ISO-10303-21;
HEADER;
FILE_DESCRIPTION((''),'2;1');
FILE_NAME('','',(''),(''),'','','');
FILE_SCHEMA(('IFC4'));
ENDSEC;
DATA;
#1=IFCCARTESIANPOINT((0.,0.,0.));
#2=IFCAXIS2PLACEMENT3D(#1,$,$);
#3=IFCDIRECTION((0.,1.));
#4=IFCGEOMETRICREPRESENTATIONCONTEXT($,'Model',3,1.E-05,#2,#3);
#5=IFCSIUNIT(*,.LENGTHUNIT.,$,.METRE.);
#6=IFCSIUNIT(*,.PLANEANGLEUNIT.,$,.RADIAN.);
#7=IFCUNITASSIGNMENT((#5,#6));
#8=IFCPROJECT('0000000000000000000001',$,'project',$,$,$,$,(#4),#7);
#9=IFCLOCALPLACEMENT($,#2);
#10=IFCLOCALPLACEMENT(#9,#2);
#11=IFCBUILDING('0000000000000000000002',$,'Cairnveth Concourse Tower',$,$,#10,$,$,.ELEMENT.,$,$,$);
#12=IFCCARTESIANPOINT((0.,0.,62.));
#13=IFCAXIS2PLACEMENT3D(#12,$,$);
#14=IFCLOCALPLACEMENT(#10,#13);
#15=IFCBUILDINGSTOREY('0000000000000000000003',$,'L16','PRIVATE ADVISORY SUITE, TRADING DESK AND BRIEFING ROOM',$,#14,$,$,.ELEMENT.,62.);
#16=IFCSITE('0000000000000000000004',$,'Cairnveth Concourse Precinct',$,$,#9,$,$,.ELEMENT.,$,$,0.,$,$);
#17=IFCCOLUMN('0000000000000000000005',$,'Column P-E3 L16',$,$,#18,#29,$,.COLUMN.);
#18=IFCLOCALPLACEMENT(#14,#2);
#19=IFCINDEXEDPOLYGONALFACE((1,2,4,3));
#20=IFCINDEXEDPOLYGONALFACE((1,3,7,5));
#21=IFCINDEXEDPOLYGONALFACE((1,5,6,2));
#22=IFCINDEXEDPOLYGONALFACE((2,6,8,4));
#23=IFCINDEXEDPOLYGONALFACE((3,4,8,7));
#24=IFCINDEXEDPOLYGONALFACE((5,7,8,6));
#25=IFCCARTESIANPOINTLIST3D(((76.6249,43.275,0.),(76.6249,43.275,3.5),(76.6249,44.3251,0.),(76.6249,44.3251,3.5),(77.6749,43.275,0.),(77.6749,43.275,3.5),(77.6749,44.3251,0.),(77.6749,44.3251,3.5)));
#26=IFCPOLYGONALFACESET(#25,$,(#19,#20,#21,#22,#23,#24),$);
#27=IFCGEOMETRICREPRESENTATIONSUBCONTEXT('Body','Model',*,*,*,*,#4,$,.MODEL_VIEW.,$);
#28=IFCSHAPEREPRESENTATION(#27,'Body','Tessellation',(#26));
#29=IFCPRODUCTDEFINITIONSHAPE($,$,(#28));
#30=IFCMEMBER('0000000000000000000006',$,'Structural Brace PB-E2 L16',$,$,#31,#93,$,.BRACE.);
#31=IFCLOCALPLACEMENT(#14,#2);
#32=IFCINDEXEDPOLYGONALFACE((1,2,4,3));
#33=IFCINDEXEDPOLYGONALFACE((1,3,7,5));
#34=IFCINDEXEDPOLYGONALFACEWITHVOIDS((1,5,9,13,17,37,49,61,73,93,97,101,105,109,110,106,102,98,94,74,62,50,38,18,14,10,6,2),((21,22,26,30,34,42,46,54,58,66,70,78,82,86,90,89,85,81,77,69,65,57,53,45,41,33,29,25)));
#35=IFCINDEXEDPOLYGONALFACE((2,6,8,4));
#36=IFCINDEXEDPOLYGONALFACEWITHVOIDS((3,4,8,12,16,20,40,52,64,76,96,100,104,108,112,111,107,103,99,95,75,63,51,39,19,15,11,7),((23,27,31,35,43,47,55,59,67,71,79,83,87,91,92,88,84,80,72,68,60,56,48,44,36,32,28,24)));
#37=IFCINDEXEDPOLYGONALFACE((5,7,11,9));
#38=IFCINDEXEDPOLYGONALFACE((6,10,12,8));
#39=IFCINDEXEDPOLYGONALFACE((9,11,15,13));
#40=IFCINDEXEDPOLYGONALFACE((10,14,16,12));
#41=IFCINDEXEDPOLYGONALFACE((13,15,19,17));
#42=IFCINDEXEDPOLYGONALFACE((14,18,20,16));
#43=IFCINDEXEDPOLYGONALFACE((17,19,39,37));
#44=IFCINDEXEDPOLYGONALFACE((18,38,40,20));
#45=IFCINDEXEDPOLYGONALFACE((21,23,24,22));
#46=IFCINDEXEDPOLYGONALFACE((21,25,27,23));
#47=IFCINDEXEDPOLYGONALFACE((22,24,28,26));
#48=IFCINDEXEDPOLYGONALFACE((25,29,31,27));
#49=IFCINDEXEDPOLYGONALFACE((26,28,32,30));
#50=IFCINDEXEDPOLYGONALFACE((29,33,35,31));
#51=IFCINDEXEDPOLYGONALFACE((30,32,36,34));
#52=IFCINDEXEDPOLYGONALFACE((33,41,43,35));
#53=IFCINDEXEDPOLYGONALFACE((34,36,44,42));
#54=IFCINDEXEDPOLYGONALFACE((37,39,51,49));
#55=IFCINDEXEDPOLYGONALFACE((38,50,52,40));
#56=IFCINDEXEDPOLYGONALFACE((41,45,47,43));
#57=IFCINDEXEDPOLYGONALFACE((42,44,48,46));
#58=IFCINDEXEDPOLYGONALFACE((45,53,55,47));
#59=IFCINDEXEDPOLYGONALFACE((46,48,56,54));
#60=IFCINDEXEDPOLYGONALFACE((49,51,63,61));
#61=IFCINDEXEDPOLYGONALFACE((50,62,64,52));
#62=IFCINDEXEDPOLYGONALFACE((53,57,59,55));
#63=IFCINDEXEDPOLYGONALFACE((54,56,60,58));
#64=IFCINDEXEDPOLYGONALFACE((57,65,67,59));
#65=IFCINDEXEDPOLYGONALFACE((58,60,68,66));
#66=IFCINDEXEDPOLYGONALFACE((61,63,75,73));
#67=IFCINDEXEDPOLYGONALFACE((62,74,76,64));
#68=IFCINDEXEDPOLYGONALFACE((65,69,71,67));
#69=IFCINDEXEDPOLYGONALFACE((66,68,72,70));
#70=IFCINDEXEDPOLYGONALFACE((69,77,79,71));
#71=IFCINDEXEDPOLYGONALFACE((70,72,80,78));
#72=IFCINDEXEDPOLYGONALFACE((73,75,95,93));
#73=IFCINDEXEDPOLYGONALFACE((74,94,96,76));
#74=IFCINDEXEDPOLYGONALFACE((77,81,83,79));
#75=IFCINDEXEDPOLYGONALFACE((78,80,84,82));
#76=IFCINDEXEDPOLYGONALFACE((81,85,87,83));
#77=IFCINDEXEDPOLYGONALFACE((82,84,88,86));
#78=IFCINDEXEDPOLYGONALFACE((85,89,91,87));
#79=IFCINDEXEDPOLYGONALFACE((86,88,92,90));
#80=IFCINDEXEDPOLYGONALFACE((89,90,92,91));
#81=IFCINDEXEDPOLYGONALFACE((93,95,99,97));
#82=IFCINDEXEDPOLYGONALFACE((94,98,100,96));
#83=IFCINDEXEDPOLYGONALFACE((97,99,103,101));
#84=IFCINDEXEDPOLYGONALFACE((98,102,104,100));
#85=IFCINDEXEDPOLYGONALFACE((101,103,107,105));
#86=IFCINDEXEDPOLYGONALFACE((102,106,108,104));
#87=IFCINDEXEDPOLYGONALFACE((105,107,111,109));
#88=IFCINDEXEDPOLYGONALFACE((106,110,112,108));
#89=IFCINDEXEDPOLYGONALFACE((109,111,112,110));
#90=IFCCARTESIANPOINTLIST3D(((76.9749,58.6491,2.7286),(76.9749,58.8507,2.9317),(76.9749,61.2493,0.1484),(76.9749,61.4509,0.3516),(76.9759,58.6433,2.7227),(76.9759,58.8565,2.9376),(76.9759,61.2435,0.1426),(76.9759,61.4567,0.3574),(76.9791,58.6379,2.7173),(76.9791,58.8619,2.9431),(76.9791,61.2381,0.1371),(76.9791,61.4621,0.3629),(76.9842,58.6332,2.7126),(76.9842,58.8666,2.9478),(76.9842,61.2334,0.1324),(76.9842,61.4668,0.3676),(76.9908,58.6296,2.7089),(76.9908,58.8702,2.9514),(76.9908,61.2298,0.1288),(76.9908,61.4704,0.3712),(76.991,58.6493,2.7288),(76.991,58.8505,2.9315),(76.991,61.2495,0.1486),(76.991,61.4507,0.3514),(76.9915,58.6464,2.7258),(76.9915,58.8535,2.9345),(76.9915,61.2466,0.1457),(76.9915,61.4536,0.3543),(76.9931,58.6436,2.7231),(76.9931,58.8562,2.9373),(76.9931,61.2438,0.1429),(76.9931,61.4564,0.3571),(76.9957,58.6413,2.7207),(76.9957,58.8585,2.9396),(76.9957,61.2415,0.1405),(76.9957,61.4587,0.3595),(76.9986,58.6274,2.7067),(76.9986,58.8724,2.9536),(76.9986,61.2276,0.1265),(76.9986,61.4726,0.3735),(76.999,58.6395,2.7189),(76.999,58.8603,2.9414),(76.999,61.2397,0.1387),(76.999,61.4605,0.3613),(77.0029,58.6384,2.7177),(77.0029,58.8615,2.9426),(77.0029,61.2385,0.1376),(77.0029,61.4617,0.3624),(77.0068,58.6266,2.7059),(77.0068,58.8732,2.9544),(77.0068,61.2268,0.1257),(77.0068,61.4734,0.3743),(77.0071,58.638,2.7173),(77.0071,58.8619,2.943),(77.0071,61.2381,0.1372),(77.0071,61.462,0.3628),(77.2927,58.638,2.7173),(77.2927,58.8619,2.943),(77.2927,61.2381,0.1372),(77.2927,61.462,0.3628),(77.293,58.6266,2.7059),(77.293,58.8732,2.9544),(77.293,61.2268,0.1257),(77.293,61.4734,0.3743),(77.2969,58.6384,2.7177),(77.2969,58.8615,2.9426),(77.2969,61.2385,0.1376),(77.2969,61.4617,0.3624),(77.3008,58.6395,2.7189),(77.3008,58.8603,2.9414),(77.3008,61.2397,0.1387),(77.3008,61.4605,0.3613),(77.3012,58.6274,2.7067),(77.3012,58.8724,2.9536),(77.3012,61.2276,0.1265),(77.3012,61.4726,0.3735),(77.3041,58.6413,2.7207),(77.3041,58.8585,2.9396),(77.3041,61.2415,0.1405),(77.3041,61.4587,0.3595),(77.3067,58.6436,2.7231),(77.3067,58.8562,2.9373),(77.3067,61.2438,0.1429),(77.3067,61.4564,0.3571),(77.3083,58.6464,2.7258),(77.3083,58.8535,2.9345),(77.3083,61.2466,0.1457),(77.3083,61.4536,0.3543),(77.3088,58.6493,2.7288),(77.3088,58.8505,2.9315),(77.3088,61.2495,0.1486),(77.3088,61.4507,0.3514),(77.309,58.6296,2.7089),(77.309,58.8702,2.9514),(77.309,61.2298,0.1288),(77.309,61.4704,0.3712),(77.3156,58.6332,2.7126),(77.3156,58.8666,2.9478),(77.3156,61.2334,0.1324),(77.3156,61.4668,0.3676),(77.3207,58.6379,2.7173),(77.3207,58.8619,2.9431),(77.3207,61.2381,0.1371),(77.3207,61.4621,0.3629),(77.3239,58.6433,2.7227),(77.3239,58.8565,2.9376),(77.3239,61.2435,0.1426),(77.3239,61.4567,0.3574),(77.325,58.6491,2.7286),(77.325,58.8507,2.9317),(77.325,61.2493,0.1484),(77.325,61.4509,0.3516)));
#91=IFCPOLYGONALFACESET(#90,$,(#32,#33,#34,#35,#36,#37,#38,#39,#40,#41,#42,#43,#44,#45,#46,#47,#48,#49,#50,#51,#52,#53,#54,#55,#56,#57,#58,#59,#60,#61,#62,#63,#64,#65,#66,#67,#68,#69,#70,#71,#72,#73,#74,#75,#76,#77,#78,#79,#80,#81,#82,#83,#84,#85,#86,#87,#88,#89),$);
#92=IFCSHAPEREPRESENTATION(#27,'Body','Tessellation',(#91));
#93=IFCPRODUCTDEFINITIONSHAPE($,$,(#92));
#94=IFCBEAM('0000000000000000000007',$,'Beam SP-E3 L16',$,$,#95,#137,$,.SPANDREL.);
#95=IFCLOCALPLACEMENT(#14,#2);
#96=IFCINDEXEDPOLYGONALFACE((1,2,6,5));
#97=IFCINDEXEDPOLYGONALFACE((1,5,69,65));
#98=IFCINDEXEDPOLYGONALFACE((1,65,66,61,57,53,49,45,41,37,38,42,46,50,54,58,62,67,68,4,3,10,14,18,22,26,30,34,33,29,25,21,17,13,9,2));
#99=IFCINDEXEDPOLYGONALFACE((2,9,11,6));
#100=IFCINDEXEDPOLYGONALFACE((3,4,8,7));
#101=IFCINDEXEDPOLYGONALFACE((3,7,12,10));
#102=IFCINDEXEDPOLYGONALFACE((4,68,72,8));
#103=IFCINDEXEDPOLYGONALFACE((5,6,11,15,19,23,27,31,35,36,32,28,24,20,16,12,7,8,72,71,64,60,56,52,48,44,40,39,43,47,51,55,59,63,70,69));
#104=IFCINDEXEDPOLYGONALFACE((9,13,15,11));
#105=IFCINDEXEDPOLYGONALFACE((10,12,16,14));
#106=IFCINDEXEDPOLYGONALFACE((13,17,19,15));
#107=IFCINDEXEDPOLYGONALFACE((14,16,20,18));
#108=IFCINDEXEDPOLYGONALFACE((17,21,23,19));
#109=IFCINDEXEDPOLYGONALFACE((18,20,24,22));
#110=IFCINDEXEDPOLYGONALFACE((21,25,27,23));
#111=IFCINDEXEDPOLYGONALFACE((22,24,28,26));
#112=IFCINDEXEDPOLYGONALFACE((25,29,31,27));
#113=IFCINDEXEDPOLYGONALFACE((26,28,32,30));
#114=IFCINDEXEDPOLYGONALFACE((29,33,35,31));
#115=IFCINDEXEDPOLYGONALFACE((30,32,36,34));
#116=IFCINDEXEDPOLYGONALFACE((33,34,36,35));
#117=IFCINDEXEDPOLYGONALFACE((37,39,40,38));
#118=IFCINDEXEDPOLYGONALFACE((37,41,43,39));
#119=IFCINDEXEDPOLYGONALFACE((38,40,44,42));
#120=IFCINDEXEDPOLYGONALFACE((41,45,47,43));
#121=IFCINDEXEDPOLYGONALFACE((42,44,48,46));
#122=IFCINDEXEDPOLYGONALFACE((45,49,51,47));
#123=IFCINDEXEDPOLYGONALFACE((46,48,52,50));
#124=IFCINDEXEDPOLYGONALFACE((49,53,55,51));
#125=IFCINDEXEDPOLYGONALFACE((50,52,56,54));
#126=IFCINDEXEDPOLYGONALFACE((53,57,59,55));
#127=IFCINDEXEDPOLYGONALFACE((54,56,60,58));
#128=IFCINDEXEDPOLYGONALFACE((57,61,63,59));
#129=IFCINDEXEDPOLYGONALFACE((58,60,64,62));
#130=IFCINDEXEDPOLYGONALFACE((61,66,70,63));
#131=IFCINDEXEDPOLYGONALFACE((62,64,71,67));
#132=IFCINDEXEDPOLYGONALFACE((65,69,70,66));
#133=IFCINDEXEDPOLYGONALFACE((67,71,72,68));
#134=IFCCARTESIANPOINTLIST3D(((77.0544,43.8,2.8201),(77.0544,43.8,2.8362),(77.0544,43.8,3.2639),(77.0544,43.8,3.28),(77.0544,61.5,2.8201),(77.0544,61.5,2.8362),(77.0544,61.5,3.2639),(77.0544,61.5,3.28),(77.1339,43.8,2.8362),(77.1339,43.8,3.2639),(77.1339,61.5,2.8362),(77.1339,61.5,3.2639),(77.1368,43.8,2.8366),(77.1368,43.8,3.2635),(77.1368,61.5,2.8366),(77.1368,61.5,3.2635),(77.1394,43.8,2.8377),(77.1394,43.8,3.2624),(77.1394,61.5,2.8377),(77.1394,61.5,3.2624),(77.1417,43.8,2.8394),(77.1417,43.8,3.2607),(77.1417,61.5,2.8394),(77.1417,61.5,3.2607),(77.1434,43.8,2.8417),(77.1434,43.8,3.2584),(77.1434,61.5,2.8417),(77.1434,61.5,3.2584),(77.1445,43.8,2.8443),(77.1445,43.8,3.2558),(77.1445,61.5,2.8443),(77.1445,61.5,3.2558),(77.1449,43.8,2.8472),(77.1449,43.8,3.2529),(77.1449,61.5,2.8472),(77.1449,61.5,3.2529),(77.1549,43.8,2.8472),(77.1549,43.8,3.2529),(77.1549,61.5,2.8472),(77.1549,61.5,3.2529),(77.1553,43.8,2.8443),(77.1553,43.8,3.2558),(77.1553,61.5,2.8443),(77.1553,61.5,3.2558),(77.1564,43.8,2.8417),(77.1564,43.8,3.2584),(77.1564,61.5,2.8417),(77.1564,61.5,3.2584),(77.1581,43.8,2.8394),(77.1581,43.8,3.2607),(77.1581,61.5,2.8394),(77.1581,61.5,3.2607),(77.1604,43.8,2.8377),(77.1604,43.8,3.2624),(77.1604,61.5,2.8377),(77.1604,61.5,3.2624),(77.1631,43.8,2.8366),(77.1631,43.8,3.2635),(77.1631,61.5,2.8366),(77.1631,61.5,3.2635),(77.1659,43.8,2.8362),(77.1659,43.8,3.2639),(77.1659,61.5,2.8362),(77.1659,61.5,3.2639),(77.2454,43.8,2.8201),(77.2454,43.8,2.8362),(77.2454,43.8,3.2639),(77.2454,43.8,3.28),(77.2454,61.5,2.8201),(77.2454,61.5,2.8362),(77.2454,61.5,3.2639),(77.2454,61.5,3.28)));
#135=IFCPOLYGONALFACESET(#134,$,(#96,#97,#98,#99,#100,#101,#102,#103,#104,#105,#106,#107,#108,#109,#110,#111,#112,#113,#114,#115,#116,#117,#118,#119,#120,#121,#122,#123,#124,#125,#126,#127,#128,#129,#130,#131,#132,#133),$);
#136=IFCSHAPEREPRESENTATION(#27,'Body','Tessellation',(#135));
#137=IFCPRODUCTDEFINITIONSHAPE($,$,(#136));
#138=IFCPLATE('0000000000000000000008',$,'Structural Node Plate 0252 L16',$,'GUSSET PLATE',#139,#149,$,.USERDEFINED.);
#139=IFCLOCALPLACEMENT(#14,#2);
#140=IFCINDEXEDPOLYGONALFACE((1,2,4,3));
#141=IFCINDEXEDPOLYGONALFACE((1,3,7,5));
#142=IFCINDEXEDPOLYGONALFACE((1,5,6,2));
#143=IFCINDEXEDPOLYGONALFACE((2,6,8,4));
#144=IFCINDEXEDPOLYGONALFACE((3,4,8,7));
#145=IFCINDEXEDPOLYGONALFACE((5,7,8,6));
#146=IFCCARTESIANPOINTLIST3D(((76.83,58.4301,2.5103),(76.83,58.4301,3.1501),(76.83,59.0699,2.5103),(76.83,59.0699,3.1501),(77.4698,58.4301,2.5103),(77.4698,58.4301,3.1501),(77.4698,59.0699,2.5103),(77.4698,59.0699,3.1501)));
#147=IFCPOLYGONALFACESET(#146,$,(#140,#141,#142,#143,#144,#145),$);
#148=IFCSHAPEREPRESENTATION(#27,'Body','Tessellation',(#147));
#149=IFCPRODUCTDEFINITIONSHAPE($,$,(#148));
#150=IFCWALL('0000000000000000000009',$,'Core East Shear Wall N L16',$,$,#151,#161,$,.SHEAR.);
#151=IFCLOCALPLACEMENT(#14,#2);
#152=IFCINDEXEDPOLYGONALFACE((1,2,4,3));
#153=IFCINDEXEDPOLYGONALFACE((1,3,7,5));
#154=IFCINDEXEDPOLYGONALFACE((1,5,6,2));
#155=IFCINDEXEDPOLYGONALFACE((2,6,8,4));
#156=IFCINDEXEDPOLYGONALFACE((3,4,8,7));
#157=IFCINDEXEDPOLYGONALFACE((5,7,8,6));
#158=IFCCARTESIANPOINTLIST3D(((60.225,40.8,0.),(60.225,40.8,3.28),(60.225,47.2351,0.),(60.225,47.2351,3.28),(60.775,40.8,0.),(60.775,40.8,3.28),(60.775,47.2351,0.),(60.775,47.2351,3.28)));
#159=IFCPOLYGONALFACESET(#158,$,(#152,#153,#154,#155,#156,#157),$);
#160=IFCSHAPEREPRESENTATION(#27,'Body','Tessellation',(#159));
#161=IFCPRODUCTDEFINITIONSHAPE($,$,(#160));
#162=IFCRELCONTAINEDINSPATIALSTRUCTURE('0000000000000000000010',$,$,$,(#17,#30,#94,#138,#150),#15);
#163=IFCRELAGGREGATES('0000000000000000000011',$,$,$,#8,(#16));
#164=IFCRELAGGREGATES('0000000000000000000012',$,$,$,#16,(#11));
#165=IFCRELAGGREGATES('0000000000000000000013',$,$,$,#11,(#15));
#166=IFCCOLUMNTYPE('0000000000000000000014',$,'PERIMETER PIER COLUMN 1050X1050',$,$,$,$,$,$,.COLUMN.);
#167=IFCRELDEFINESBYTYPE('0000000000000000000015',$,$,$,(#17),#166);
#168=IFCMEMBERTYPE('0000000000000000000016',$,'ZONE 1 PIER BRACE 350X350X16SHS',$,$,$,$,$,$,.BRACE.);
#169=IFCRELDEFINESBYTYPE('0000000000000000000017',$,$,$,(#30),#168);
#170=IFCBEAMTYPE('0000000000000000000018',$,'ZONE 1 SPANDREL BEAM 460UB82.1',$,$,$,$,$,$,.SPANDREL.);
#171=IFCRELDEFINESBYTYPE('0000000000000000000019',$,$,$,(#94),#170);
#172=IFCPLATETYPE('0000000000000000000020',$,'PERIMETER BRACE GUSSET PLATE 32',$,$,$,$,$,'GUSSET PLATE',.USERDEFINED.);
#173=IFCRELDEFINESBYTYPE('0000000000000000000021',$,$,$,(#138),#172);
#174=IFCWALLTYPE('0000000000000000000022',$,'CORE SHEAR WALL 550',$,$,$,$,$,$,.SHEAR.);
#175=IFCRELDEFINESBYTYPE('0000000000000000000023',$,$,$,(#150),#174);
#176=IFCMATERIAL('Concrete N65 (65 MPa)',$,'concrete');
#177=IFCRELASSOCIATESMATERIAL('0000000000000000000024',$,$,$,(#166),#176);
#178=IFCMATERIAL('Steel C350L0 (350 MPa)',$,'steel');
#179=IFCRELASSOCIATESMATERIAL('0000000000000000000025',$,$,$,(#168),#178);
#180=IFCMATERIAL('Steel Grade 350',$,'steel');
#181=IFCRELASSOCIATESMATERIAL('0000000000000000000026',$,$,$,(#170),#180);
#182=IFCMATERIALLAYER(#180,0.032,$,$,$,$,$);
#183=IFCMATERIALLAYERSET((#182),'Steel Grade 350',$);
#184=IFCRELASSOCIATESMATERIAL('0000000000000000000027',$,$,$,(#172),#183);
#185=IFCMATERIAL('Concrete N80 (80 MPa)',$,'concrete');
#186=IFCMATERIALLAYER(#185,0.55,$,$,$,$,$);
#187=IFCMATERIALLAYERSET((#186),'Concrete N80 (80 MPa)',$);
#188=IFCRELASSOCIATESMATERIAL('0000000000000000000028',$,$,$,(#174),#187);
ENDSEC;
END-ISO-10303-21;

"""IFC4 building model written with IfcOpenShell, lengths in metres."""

from ifc_helpers import new_model, si_unit, direction, frame, frame_2d, origin, origin_2d, place, context, subcontext, project, spatial, rectangle, hollow_rectangle, i_section, extrude, material, layer, layer_set, material_profile, profile_set, type_object, element, save


model = new_model("IFC4")

# Units and contexts
model_context = context("Model", 3, precision=1e-05, world=origin(), true_north=direction((0.0, 1.0)))
body_context = subcontext(model_context, "Body", "Model", "MODEL_VIEW")
ifc_project = project(units=[si_unit("LENGTHUNIT", "METRE"), si_unit("PLANEANGLEUNIT", "RADIAN")], contexts=[model_context])

# Site, building, storey
site_placement = place(None, origin())
site = spatial("IfcSite", under=ifc_project, at=site_placement, Name="Cairnveth Concourse Precinct", CompositionType="ELEMENT", RefElevation=0.0)
building_placement = place(site_placement, origin())
building = spatial("IfcBuilding", under=site, at=building_placement, Name="Cairnveth Concourse Tower", CompositionType="ELEMENT")
storey_placement = place(building_placement, frame((0.0, 0.0, 62.0)))
storey = spatial("IfcBuildingStorey", under=building, at=storey_placement, Name="L16", Description="PRIVATE ADVISORY SUITE, TRADING DESK AND BRIEFING ROOM", CompositionType="ELEMENT", Elevation=62.0)

# Column
ifc_material_1 = material(Name="Concrete N65 (65 MPa)", Category="concrete")
ifc_material_profile_1 = material_profile(ifc_material_1, rectangle(XDim=1.05, YDim=1.05, at=origin_2d()), Name="RC-COL-1050x1050")
ifc_profile_set_1 = profile_set([ifc_material_profile_1], Name="Concrete N65 (65 MPa)")
column_type = type_object("IfcColumnType", Name="PERIMETER PIER COLUMN 1050X1050", PredefinedType="COLUMN", material=ifc_profile_set_1)
column_placement = place(storey_placement, frame((77.1499, 43.8, 0.0), z_axis=(0.0, 0.0, 1.0), x_axis=(0.0, 1.0, 0.0)))
element("IfcColumn", 1, at=column_placement, inside=storey, type_object=column_type, Name="Column P-E3 L16", PredefinedType="COLUMN", context=body_context, shape_type="SweptSolid", body=[
    extrude(rectangle(XDim=1.05, YDim=1.05, at=origin_2d()), origin(), (0.0, 0.0, 1.0), 3.5),
])

# Member
ifc_material_2 = material(Name="Steel C350L0 (350 MPa)", Category="steel")
ifc_material_profile_2 = material_profile(ifc_material_2, hollow_rectangle(XDim=0.3501, YDim=0.3501, WallThickness=0.0161, InnerFilletRadius=0.0161, OuterFilletRadius=0.032, at=origin_2d()), Name="350x350x16.0SHS")
ifc_profile_set_2 = profile_set([ifc_material_profile_2], Name="Steel C350L0 (350 MPa)")
member_type = type_object("IfcMemberType", Name="ZONE 1 PIER BRACE 350X350X16SHS", PredefinedType="BRACE", material=ifc_profile_set_2)
member_placement = place(storey_placement, frame((77.1499, 61.3501, 0.25), z_axis=(0.0, -0.709834, 0.704369), x_axis=(1.0, 0.0, 0.0)))
element("IfcMember", 2, at=member_placement, inside=storey, type_object=member_type, Name="Structural Brace PB-E2 L16", PredefinedType="BRACE", context=body_context, shape_type="SweptSolid", body=[
    extrude(hollow_rectangle(XDim=0.3501, YDim=0.3501, WallThickness=0.0161, InnerFilletRadius=0.0161, OuterFilletRadius=0.032, at=origin_2d()), origin(), (0.0, 0.0, 1.0), 3.6631),
])

# Beam
ifc_material_3 = material(Name="Steel Grade 350", Category="steel")
ifc_material_profile_3 = material_profile(ifc_material_3, i_section(OverallWidth=0.1909, OverallDepth=0.46, WebThickness=0.01, FlangeThickness=0.0161, FilletRadius=0.011, at=origin_2d()), Name="460UB82.1")
ifc_profile_set_3 = profile_set([ifc_material_profile_3], Name="Steel Grade 350")
beam_type = type_object("IfcBeamType", Name="ZONE 1 SPANDREL BEAM 460UB82.1", PredefinedType="SPANDREL", material=ifc_profile_set_3)
beam_placement = place(storey_placement, frame((77.1499, 43.8, 3.05), z_axis=(0.0, 1.0, 0.0), x_axis=(-1.0, 0.0, 0.0)))
element("IfcBeam", 3, at=beam_placement, inside=storey, type_object=beam_type, Name="Beam SP-E3 L16", PredefinedType="SPANDREL", context=body_context, shape_type="SweptSolid", body=[
    extrude(i_section(OverallWidth=0.1909, OverallDepth=0.46, WebThickness=0.01, FlangeThickness=0.0161, FilletRadius=0.011, at=origin_2d()), origin(), (0.0, 0.0, 1.0), 17.7),
])

# Plate
ifc_layer_1 = layer(ifc_material_3, 0.032)
ifc_layer_set_1 = layer_set([ifc_layer_1], Name="Steel Grade 350")
plate_type = type_object("IfcPlateType", Name="PERIMETER BRACE GUSSET PLATE 32", ElementType="GUSSET PLATE", PredefinedType="USERDEFINED", material=ifc_layer_set_1)
plate_placement = place(storey_placement, frame((77.1499, 58.75, 2.5103), z_axis=(0.0, 0.0, 1.0), x_axis=(1.0, 0.0, 0.0)))
element("IfcPlate", 4, at=plate_placement, inside=storey, type_object=plate_type, Name="Structural Node Plate 0252 L16", ObjectType="GUSSET PLATE", PredefinedType="USERDEFINED", context=body_context, shape_type="SweptSolid", body=[
    extrude(rectangle(XDim=0.6399, YDim=0.6399, at=origin_2d()), origin(), (0.0, 0.0, 1.0), 0.6399),
])

# Wall
ifc_material_4 = material(Name="Concrete N80 (80 MPa)", Category="concrete")
ifc_layer_2 = layer(ifc_material_4, 0.55)
ifc_layer_set_2 = layer_set([ifc_layer_2], Name="Concrete N80 (80 MPa)")
wall_type_1 = type_object("IfcWallType", Name="CORE SHEAR WALL 550", PredefinedType="SHEAR", material=ifc_layer_set_2)
wall_1_placement = place(storey_placement, frame((60.5, 40.8, 0.0), z_axis=(0.0, 0.0, 1.0), x_axis=(0.0, 1.0, 0.0)))
element("IfcWall", 5, at=wall_1_placement, inside=storey, type_object=wall_type_1, Name="Core East Shear Wall N L16", PredefinedType="SHEAR", context=body_context, shape_type="SweptSolid", body=[
    extrude(rectangle(XDim=6.4351, YDim=0.55, at=frame_2d((3.2175, 0.0))), origin(), (0.0, 0.0, 1.0), 3.28),
])

save(model, "model.ifc")
